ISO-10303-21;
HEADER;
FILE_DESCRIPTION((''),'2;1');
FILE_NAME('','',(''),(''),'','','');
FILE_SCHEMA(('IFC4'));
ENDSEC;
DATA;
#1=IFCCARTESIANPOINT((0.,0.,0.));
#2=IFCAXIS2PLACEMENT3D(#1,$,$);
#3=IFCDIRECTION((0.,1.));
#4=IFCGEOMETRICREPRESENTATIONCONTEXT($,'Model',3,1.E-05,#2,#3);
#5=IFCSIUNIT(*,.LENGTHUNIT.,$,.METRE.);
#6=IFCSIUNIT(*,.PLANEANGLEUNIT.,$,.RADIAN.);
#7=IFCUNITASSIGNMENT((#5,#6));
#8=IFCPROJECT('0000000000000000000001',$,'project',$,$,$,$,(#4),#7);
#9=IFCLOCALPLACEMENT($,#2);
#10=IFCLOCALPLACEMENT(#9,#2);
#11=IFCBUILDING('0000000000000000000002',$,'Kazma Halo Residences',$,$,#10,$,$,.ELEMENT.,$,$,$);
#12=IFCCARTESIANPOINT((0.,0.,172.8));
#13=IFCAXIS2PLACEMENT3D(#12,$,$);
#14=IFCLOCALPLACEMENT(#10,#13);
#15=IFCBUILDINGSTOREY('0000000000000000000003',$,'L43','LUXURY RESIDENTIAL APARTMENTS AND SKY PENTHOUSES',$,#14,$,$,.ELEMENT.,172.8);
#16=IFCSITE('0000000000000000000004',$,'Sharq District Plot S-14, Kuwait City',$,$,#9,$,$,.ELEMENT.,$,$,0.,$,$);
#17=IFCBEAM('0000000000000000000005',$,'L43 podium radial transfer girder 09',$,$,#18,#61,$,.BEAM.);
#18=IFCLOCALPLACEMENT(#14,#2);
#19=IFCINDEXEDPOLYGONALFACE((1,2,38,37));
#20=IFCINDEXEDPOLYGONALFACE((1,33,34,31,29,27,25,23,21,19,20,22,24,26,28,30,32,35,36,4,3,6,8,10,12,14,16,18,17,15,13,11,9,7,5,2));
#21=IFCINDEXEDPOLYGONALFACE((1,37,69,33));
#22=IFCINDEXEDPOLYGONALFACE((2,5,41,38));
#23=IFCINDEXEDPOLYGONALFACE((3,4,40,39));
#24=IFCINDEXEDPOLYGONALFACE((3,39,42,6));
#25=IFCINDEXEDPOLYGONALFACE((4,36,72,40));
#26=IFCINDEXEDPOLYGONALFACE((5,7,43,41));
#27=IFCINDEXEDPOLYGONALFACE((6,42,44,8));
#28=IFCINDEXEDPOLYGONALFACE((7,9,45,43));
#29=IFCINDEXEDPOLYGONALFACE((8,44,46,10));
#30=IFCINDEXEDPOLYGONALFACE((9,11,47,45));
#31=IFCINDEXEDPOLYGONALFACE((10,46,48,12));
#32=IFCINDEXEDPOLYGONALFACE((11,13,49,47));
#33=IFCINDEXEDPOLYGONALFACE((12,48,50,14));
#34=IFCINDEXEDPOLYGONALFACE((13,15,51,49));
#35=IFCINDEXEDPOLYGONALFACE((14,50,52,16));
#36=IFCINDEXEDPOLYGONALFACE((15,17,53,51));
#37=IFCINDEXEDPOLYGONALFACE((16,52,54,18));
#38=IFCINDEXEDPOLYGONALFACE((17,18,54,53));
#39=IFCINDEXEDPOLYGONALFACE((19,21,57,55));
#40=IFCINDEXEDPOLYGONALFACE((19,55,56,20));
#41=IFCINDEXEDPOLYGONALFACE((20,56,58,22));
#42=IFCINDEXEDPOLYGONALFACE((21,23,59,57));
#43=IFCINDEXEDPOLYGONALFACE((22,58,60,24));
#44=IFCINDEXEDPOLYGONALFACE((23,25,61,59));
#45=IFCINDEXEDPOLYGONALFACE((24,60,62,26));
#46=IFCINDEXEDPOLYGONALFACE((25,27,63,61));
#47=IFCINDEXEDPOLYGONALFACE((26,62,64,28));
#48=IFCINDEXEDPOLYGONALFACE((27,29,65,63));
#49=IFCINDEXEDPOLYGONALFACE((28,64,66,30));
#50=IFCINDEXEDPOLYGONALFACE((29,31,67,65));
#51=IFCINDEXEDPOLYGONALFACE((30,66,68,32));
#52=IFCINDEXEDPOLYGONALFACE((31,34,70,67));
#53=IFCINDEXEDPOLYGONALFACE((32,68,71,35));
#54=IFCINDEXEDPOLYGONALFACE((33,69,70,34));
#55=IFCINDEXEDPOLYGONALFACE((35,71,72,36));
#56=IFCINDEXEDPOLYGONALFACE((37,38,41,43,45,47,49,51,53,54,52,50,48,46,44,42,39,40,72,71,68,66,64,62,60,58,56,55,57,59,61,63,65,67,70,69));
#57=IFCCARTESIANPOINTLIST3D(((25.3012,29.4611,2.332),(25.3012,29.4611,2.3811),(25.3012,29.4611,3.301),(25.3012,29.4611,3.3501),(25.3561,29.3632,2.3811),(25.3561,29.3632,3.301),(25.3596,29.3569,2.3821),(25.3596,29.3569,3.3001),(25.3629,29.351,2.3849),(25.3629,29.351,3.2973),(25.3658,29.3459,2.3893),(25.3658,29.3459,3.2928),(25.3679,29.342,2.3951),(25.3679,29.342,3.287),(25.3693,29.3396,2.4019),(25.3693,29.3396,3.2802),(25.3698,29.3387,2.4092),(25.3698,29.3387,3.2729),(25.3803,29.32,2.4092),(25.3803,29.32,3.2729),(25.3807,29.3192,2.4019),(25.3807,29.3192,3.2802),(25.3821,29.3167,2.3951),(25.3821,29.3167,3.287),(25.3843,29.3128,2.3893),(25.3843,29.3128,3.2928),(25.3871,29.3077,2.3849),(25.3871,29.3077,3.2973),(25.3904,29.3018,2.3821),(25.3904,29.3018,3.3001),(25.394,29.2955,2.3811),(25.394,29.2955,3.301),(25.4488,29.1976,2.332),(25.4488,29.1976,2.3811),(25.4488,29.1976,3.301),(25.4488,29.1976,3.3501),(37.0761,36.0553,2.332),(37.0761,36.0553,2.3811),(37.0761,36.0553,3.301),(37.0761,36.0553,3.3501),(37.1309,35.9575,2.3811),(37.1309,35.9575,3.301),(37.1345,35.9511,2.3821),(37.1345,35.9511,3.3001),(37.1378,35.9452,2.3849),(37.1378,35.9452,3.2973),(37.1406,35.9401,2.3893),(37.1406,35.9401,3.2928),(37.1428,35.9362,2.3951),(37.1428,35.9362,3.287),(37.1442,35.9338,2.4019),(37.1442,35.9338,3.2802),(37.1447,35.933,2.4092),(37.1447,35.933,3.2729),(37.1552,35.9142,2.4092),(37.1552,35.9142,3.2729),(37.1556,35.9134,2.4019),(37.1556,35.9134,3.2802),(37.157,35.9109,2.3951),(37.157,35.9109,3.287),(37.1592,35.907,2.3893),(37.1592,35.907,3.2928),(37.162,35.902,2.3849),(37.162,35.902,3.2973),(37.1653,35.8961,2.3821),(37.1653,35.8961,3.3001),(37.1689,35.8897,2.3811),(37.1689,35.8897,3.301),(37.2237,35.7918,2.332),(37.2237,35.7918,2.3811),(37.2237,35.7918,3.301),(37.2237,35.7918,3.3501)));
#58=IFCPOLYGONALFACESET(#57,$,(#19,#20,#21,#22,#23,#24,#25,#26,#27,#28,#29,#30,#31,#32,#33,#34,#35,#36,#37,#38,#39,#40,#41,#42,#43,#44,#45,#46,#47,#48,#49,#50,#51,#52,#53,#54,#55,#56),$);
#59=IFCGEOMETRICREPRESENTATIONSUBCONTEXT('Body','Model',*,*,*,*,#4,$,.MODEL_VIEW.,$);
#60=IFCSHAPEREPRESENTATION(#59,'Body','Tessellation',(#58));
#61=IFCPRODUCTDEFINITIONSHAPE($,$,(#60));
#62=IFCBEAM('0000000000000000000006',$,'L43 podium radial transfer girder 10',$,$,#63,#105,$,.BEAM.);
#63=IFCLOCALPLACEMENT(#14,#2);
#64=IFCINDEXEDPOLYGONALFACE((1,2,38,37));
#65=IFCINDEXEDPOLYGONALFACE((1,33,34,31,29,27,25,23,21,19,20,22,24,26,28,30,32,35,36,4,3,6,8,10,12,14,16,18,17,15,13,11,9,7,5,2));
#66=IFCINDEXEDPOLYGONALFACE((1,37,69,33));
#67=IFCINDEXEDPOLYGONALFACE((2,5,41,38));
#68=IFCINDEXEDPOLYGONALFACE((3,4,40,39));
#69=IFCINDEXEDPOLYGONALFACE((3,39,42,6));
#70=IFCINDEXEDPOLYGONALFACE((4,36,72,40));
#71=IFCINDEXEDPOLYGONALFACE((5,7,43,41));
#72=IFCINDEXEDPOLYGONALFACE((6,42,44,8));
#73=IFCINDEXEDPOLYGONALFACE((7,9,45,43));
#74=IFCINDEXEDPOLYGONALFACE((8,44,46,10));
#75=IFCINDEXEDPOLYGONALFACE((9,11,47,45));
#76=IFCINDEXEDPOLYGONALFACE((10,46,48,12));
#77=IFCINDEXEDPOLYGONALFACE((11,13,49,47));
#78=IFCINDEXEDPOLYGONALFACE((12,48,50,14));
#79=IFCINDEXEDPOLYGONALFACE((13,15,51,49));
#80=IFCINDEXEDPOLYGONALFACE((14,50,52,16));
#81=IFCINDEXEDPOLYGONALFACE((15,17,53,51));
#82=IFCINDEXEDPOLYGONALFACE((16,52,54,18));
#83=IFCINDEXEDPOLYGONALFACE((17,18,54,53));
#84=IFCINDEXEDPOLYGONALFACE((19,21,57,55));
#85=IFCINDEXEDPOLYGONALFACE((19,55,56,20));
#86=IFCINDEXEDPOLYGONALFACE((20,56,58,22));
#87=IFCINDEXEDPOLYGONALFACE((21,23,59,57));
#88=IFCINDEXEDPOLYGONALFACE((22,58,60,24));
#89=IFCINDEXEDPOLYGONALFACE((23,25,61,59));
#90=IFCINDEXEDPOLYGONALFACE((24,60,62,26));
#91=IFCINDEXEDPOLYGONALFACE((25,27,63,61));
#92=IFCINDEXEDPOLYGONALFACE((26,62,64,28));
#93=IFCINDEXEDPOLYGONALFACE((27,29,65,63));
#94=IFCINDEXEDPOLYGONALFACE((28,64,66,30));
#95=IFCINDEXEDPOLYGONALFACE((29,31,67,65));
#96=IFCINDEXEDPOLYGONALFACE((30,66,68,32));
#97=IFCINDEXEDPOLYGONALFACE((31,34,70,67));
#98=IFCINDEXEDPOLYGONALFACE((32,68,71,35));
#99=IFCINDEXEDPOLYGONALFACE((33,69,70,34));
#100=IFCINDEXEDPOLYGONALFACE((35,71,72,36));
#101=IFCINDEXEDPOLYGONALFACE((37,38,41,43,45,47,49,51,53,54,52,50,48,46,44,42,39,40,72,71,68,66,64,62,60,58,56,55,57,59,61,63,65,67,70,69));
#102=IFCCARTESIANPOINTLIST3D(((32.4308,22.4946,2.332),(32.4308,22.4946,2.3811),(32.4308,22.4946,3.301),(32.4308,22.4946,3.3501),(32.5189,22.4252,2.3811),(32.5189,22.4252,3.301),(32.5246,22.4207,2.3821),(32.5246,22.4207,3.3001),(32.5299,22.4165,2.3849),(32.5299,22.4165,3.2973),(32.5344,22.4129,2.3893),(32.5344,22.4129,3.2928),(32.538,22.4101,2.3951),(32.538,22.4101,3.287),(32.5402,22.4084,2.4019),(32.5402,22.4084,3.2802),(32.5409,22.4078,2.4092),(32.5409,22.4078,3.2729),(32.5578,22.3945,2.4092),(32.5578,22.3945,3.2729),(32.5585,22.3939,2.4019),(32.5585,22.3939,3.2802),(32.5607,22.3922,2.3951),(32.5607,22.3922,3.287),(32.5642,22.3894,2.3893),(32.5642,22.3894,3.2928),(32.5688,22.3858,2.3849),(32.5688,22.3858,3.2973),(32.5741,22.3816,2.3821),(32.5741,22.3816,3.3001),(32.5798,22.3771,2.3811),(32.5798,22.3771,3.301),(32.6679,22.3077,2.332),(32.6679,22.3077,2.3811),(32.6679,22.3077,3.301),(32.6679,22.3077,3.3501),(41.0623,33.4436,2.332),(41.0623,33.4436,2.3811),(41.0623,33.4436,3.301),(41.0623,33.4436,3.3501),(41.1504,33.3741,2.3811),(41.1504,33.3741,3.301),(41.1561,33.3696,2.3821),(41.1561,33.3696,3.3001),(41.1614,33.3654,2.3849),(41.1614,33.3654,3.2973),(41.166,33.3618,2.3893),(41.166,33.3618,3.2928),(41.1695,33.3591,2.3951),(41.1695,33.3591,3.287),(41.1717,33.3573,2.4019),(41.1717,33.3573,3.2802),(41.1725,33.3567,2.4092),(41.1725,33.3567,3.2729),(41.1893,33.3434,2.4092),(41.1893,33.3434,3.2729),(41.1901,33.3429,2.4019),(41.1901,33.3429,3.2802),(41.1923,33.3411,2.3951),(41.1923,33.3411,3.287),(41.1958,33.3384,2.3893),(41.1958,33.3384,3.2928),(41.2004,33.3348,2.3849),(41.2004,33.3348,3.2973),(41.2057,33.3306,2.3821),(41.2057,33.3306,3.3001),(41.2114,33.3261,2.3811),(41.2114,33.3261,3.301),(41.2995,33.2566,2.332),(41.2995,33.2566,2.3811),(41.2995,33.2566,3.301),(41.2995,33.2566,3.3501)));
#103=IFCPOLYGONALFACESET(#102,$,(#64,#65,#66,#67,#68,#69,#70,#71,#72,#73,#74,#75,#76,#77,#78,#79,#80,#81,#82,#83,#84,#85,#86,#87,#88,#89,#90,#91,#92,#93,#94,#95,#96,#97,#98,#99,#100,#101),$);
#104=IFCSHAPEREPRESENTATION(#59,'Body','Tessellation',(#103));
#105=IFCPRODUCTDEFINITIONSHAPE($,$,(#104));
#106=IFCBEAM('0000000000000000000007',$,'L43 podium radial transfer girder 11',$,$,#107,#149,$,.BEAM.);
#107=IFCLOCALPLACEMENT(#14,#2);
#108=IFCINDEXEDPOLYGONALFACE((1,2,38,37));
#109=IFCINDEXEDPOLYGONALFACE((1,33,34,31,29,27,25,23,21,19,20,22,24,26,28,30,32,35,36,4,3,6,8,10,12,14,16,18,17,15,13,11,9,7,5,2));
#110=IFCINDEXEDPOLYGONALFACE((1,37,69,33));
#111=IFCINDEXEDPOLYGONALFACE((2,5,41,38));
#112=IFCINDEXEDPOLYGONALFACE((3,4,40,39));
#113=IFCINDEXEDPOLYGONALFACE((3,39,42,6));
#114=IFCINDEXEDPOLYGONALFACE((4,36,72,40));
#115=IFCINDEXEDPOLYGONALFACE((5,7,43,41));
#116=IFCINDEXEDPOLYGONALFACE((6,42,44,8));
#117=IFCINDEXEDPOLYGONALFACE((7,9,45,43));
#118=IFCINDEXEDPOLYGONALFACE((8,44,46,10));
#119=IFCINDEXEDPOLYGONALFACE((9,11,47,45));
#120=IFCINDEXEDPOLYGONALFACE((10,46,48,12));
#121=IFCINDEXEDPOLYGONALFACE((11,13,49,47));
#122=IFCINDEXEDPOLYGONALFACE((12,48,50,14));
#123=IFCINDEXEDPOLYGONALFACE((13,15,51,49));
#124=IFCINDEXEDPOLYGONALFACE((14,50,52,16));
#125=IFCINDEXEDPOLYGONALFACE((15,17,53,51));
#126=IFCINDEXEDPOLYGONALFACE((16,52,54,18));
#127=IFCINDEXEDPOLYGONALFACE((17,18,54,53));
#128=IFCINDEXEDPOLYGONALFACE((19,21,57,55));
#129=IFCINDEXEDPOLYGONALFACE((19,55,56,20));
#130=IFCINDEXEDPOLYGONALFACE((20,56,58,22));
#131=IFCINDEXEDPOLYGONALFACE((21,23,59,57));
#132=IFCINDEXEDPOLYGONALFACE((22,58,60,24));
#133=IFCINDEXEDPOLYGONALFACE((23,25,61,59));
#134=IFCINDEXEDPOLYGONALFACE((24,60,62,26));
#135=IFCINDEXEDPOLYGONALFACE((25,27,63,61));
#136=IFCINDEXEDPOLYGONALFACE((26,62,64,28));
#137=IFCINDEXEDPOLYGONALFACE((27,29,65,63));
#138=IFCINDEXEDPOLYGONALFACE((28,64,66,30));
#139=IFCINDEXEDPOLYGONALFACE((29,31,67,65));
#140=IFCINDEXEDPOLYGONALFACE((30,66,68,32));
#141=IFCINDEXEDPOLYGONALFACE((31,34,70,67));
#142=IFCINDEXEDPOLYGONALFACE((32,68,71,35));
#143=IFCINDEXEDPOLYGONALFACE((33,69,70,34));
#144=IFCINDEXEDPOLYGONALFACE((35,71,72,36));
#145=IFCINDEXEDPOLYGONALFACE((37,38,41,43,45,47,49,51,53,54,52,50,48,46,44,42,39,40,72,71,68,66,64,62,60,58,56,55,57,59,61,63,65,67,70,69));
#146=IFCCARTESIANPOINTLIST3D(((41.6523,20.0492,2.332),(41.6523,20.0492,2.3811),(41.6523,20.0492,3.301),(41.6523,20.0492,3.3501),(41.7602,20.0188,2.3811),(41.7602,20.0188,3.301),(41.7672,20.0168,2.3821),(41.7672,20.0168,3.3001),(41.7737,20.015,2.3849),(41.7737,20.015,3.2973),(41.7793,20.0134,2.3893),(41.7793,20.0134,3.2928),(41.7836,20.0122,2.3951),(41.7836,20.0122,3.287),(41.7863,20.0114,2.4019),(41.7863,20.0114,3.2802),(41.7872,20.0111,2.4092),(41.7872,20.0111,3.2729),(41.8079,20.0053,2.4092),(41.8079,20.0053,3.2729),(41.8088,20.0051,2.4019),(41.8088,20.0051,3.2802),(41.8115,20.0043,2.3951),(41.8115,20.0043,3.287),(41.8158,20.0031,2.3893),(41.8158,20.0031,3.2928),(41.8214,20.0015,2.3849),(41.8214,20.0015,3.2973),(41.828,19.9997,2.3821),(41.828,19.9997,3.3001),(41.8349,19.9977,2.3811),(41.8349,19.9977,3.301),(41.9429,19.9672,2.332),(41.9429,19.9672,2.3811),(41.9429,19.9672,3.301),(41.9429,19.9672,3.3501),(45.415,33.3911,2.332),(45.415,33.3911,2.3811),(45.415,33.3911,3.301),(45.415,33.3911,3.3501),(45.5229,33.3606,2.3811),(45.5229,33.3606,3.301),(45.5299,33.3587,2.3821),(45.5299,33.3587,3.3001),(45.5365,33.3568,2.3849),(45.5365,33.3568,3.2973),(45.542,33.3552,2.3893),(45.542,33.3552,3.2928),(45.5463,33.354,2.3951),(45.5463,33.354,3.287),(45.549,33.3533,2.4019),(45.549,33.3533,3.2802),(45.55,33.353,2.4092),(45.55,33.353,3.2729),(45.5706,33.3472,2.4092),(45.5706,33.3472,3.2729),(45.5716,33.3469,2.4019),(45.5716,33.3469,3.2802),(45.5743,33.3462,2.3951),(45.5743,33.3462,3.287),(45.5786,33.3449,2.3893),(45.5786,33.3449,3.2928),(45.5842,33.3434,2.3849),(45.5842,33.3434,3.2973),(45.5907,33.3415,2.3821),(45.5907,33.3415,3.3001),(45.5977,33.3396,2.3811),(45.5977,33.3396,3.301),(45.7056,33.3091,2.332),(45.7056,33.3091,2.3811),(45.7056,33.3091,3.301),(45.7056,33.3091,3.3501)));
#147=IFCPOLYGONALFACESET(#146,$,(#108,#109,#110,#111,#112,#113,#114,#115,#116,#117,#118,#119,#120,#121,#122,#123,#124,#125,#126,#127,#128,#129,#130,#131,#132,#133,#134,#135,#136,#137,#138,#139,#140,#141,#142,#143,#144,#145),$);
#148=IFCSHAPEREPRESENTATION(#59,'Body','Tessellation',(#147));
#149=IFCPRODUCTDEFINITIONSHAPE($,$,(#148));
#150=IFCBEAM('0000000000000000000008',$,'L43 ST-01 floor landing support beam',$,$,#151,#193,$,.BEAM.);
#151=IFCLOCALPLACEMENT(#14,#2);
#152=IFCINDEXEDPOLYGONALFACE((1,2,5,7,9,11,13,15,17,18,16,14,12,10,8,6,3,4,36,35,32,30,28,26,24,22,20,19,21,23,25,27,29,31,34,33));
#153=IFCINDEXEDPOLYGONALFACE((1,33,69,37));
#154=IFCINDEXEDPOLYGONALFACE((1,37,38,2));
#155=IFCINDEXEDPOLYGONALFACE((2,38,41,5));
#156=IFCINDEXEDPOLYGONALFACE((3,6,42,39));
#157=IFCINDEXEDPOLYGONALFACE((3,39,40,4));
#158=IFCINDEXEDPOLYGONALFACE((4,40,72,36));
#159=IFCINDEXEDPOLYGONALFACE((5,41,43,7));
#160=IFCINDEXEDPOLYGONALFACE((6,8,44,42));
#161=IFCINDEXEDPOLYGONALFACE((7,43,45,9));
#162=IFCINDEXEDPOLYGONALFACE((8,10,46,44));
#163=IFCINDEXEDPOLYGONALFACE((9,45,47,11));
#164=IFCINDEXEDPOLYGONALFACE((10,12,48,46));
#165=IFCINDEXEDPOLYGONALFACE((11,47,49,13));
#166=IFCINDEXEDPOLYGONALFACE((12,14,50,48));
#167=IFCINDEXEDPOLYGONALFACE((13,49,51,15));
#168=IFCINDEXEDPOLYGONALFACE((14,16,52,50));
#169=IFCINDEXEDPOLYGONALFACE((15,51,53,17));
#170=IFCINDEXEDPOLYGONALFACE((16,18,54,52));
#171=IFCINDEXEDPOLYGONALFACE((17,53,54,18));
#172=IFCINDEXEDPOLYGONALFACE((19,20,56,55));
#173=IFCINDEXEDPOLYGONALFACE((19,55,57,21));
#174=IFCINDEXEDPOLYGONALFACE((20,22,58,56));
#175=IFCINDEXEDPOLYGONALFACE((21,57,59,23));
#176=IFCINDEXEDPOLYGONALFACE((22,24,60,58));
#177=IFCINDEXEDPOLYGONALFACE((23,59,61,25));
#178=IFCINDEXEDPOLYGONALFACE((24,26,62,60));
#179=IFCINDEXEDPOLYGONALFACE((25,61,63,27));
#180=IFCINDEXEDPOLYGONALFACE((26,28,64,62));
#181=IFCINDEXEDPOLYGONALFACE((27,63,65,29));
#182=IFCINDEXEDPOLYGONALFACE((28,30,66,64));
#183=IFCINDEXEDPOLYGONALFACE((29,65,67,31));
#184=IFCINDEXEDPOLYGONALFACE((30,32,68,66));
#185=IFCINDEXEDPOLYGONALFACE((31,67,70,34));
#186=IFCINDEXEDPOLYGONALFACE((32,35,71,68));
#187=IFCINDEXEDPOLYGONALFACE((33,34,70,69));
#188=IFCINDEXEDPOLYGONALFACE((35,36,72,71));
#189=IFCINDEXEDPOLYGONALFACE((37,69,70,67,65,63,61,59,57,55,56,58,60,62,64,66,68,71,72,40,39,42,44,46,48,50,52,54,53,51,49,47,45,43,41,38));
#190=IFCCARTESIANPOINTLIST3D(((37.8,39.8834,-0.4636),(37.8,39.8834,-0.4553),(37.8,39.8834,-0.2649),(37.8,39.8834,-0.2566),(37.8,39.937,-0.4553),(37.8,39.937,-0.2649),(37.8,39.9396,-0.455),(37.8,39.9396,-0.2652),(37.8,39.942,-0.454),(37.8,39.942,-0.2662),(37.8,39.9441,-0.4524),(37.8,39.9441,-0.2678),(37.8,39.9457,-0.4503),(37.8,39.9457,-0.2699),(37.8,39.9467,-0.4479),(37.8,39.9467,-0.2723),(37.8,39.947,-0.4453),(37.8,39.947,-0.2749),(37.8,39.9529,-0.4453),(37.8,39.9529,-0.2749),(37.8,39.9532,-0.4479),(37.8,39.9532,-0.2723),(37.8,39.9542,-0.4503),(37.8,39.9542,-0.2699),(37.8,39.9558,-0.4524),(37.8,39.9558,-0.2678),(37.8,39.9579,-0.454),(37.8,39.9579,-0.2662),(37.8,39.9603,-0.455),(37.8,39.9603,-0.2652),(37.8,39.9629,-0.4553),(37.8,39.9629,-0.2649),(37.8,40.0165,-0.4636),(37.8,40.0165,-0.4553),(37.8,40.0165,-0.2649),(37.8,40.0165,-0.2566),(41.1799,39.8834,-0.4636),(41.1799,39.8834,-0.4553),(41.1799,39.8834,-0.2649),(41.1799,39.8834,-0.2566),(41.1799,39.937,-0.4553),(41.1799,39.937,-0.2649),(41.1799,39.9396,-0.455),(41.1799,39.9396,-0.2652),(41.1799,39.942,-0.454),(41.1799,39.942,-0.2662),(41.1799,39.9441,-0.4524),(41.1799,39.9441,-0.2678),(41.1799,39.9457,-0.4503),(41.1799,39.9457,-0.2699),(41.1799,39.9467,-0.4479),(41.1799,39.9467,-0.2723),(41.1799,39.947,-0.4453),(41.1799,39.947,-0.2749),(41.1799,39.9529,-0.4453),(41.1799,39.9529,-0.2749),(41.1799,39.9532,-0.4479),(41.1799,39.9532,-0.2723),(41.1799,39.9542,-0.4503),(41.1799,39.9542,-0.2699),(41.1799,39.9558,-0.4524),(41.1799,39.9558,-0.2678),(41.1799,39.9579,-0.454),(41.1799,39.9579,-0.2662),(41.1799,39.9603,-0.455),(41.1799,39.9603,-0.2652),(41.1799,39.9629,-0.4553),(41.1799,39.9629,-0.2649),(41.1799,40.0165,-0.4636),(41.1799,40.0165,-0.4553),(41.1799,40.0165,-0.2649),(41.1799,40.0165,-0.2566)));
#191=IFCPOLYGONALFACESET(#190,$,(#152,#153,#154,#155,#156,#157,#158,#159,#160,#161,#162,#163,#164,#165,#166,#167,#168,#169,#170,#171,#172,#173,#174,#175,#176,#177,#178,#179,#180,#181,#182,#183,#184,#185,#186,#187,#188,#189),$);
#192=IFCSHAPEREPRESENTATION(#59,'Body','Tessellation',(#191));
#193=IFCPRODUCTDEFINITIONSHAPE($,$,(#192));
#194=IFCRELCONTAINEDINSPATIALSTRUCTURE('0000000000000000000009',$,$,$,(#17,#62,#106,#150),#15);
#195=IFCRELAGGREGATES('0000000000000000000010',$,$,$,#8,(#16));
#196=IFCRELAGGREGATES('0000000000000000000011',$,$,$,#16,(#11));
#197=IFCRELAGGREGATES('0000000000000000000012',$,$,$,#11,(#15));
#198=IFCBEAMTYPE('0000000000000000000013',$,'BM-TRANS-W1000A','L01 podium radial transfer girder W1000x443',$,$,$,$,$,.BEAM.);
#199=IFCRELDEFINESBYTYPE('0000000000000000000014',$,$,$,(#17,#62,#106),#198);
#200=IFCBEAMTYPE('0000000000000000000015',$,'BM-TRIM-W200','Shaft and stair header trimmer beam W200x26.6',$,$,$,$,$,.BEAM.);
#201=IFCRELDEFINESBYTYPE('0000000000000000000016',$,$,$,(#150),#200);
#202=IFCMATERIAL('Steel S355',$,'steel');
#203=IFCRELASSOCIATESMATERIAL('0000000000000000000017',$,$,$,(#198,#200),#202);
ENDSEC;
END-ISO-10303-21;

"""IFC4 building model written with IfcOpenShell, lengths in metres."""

from ifc_helpers import new_model, si_unit, direction, frame, origin, origin_2d, place, context, subcontext, project, spatial, i_section, extrude, material, material_profile, profile_set, type_object, element, save


model = new_model("IFC4")

# Units and contexts
model_context = context("Model", 3, precision=1e-05, world=origin(), true_north=direction((0.0, 1.0)))
body_context = subcontext(model_context, "Body", "Model", "MODEL_VIEW")
ifc_project = project(units=[si_unit("LENGTHUNIT", "METRE"), si_unit("PLANEANGLEUNIT", "RADIAN")], contexts=[model_context])

# Site, building, storey
site_placement = place(None, origin())
site = spatial("IfcSite", under=ifc_project, at=site_placement, Name="Sharq District Plot S-14, Kuwait City", CompositionType="ELEMENT", RefElevation=0.0)
building_placement = place(site_placement, origin())
building = spatial("IfcBuilding", under=site, at=building_placement, Name="Kazma Halo Residences", CompositionType="ELEMENT")
storey_placement = place(building_placement, frame((0.0, 0.0, 172.8)))
storey = spatial("IfcBuildingStorey", under=building, at=storey_placement, Name="L43", Description="LUXURY RESIDENTIAL APARTMENTS AND SKY PENTHOUSES", CompositionType="ELEMENT", Elevation=172.8)

# Beams
ifc_material_1 = material(Name="Steel S355", Category="steel")
ifc_material_profile_1 = material_profile(ifc_material_1, i_section(OverallWidth=0.302, OverallDepth=1.0181, WebThickness=0.0215, FlangeThickness=0.0491, FilletRadius=0.0281, at=origin_2d()), Name="W1000x443")
ifc_profile_set_1 = profile_set([ifc_material_profile_1], Name="Steel S355")
beam_type_1 = type_object("IfcBeamType", Name="BM-TRANS-W1000A", Description="L01 podium radial transfer girder W1000x443", PredefinedType="BEAM", material=ifc_profile_set_1)
beam_1_placement = place(storey_placement, frame((37.1499, 35.9236, 2.8411), z_axis=(-0.872497, -0.48862, 0.0), x_axis=(0.48862, -0.872497, 0.0)))
element("IfcBeam", 1, at=beam_1_placement, inside=storey, type_object=beam_type_1, Name="L43 podium radial transfer girder 09", PredefinedType="BEAM", context=body_context, shape_type="SweptSolid", body=[
    extrude(i_section(OverallWidth=0.302, OverallDepth=1.0181, WebThickness=0.0215, FlangeThickness=0.0491, FilletRadius=0.0281, at=origin_2d()), origin(), (0.0, 0.0, 1.0), 13.4956),
])
beam_2_placement = place(storey_placement, frame((41.1809, 33.3501, 2.8411), z_axis=(-0.619099, -0.785313, 0.0), x_axis=(0.785313, -0.619099, 0.0)))
element("IfcBeam", 2, at=beam_2_placement, inside=storey, type_object=beam_type_1, Name="L43 podium radial transfer girder 10", PredefinedType="BEAM", context=body_context, shape_type="SweptSolid", body=[
    extrude(i_section(OverallWidth=0.302, OverallDepth=1.0181, WebThickness=0.0215, FlangeThickness=0.0491, FilletRadius=0.0281, at=origin_2d()), origin(), (0.0, 0.0, 1.0), 13.9421),
])
beam_3_placement = place(storey_placement, frame((45.5603, 33.3501, 2.8411), z_axis=(-0.271435, -0.962457, 0.0), x_axis=(0.962457, -0.271435, 0.0)))
element("IfcBeam", 3, at=beam_3_placement, inside=storey, type_object=beam_type_1, Name="L43 podium radial transfer girder 11", PredefinedType="BEAM", context=body_context, shape_type="SweptSolid", body=[
    extrude(i_section(OverallWidth=0.302, OverallDepth=1.0181, WebThickness=0.0215, FlangeThickness=0.0491, FilletRadius=0.0281, at=origin_2d()), origin(), (0.0, 0.0, 1.0), 13.8623),
])
ifc_material_profile_2 = material_profile(ifc_material_1, i_section(OverallWidth=0.1331, OverallDepth=0.207, WebThickness=0.0059, FlangeThickness=0.0083, FilletRadius=0.01, at=origin_2d()), Name="W200x26.6")
ifc_profile_set_2 = profile_set([ifc_material_profile_2], Name="Steel S355")
beam_type_2 = type_object("IfcBeamType", Name="BM-TRIM-W200", Description="Shaft and stair header trimmer beam W200x26.6", PredefinedType="BEAM", material=ifc_profile_set_2)
beam_4_placement = place(storey_placement, frame((37.8, 39.95, -0.3601), z_axis=(1.0, 0.0, 0.0), x_axis=(0.0, 1.0, 0.0)))
element("IfcBeam", 4, at=beam_4_placement, inside=storey, type_object=beam_type_2, Name="L43 ST-01 floor landing support beam", PredefinedType="BEAM", context=body_context, shape_type="SweptSolid", body=[
    extrude(i_section(OverallWidth=0.1331, OverallDepth=0.207, WebThickness=0.0059, FlangeThickness=0.0083, FilletRadius=0.01, at=origin_2d()), origin(), (0.0, 0.0, 1.0), 3.3799),
])

save(model, "model.ifc")
